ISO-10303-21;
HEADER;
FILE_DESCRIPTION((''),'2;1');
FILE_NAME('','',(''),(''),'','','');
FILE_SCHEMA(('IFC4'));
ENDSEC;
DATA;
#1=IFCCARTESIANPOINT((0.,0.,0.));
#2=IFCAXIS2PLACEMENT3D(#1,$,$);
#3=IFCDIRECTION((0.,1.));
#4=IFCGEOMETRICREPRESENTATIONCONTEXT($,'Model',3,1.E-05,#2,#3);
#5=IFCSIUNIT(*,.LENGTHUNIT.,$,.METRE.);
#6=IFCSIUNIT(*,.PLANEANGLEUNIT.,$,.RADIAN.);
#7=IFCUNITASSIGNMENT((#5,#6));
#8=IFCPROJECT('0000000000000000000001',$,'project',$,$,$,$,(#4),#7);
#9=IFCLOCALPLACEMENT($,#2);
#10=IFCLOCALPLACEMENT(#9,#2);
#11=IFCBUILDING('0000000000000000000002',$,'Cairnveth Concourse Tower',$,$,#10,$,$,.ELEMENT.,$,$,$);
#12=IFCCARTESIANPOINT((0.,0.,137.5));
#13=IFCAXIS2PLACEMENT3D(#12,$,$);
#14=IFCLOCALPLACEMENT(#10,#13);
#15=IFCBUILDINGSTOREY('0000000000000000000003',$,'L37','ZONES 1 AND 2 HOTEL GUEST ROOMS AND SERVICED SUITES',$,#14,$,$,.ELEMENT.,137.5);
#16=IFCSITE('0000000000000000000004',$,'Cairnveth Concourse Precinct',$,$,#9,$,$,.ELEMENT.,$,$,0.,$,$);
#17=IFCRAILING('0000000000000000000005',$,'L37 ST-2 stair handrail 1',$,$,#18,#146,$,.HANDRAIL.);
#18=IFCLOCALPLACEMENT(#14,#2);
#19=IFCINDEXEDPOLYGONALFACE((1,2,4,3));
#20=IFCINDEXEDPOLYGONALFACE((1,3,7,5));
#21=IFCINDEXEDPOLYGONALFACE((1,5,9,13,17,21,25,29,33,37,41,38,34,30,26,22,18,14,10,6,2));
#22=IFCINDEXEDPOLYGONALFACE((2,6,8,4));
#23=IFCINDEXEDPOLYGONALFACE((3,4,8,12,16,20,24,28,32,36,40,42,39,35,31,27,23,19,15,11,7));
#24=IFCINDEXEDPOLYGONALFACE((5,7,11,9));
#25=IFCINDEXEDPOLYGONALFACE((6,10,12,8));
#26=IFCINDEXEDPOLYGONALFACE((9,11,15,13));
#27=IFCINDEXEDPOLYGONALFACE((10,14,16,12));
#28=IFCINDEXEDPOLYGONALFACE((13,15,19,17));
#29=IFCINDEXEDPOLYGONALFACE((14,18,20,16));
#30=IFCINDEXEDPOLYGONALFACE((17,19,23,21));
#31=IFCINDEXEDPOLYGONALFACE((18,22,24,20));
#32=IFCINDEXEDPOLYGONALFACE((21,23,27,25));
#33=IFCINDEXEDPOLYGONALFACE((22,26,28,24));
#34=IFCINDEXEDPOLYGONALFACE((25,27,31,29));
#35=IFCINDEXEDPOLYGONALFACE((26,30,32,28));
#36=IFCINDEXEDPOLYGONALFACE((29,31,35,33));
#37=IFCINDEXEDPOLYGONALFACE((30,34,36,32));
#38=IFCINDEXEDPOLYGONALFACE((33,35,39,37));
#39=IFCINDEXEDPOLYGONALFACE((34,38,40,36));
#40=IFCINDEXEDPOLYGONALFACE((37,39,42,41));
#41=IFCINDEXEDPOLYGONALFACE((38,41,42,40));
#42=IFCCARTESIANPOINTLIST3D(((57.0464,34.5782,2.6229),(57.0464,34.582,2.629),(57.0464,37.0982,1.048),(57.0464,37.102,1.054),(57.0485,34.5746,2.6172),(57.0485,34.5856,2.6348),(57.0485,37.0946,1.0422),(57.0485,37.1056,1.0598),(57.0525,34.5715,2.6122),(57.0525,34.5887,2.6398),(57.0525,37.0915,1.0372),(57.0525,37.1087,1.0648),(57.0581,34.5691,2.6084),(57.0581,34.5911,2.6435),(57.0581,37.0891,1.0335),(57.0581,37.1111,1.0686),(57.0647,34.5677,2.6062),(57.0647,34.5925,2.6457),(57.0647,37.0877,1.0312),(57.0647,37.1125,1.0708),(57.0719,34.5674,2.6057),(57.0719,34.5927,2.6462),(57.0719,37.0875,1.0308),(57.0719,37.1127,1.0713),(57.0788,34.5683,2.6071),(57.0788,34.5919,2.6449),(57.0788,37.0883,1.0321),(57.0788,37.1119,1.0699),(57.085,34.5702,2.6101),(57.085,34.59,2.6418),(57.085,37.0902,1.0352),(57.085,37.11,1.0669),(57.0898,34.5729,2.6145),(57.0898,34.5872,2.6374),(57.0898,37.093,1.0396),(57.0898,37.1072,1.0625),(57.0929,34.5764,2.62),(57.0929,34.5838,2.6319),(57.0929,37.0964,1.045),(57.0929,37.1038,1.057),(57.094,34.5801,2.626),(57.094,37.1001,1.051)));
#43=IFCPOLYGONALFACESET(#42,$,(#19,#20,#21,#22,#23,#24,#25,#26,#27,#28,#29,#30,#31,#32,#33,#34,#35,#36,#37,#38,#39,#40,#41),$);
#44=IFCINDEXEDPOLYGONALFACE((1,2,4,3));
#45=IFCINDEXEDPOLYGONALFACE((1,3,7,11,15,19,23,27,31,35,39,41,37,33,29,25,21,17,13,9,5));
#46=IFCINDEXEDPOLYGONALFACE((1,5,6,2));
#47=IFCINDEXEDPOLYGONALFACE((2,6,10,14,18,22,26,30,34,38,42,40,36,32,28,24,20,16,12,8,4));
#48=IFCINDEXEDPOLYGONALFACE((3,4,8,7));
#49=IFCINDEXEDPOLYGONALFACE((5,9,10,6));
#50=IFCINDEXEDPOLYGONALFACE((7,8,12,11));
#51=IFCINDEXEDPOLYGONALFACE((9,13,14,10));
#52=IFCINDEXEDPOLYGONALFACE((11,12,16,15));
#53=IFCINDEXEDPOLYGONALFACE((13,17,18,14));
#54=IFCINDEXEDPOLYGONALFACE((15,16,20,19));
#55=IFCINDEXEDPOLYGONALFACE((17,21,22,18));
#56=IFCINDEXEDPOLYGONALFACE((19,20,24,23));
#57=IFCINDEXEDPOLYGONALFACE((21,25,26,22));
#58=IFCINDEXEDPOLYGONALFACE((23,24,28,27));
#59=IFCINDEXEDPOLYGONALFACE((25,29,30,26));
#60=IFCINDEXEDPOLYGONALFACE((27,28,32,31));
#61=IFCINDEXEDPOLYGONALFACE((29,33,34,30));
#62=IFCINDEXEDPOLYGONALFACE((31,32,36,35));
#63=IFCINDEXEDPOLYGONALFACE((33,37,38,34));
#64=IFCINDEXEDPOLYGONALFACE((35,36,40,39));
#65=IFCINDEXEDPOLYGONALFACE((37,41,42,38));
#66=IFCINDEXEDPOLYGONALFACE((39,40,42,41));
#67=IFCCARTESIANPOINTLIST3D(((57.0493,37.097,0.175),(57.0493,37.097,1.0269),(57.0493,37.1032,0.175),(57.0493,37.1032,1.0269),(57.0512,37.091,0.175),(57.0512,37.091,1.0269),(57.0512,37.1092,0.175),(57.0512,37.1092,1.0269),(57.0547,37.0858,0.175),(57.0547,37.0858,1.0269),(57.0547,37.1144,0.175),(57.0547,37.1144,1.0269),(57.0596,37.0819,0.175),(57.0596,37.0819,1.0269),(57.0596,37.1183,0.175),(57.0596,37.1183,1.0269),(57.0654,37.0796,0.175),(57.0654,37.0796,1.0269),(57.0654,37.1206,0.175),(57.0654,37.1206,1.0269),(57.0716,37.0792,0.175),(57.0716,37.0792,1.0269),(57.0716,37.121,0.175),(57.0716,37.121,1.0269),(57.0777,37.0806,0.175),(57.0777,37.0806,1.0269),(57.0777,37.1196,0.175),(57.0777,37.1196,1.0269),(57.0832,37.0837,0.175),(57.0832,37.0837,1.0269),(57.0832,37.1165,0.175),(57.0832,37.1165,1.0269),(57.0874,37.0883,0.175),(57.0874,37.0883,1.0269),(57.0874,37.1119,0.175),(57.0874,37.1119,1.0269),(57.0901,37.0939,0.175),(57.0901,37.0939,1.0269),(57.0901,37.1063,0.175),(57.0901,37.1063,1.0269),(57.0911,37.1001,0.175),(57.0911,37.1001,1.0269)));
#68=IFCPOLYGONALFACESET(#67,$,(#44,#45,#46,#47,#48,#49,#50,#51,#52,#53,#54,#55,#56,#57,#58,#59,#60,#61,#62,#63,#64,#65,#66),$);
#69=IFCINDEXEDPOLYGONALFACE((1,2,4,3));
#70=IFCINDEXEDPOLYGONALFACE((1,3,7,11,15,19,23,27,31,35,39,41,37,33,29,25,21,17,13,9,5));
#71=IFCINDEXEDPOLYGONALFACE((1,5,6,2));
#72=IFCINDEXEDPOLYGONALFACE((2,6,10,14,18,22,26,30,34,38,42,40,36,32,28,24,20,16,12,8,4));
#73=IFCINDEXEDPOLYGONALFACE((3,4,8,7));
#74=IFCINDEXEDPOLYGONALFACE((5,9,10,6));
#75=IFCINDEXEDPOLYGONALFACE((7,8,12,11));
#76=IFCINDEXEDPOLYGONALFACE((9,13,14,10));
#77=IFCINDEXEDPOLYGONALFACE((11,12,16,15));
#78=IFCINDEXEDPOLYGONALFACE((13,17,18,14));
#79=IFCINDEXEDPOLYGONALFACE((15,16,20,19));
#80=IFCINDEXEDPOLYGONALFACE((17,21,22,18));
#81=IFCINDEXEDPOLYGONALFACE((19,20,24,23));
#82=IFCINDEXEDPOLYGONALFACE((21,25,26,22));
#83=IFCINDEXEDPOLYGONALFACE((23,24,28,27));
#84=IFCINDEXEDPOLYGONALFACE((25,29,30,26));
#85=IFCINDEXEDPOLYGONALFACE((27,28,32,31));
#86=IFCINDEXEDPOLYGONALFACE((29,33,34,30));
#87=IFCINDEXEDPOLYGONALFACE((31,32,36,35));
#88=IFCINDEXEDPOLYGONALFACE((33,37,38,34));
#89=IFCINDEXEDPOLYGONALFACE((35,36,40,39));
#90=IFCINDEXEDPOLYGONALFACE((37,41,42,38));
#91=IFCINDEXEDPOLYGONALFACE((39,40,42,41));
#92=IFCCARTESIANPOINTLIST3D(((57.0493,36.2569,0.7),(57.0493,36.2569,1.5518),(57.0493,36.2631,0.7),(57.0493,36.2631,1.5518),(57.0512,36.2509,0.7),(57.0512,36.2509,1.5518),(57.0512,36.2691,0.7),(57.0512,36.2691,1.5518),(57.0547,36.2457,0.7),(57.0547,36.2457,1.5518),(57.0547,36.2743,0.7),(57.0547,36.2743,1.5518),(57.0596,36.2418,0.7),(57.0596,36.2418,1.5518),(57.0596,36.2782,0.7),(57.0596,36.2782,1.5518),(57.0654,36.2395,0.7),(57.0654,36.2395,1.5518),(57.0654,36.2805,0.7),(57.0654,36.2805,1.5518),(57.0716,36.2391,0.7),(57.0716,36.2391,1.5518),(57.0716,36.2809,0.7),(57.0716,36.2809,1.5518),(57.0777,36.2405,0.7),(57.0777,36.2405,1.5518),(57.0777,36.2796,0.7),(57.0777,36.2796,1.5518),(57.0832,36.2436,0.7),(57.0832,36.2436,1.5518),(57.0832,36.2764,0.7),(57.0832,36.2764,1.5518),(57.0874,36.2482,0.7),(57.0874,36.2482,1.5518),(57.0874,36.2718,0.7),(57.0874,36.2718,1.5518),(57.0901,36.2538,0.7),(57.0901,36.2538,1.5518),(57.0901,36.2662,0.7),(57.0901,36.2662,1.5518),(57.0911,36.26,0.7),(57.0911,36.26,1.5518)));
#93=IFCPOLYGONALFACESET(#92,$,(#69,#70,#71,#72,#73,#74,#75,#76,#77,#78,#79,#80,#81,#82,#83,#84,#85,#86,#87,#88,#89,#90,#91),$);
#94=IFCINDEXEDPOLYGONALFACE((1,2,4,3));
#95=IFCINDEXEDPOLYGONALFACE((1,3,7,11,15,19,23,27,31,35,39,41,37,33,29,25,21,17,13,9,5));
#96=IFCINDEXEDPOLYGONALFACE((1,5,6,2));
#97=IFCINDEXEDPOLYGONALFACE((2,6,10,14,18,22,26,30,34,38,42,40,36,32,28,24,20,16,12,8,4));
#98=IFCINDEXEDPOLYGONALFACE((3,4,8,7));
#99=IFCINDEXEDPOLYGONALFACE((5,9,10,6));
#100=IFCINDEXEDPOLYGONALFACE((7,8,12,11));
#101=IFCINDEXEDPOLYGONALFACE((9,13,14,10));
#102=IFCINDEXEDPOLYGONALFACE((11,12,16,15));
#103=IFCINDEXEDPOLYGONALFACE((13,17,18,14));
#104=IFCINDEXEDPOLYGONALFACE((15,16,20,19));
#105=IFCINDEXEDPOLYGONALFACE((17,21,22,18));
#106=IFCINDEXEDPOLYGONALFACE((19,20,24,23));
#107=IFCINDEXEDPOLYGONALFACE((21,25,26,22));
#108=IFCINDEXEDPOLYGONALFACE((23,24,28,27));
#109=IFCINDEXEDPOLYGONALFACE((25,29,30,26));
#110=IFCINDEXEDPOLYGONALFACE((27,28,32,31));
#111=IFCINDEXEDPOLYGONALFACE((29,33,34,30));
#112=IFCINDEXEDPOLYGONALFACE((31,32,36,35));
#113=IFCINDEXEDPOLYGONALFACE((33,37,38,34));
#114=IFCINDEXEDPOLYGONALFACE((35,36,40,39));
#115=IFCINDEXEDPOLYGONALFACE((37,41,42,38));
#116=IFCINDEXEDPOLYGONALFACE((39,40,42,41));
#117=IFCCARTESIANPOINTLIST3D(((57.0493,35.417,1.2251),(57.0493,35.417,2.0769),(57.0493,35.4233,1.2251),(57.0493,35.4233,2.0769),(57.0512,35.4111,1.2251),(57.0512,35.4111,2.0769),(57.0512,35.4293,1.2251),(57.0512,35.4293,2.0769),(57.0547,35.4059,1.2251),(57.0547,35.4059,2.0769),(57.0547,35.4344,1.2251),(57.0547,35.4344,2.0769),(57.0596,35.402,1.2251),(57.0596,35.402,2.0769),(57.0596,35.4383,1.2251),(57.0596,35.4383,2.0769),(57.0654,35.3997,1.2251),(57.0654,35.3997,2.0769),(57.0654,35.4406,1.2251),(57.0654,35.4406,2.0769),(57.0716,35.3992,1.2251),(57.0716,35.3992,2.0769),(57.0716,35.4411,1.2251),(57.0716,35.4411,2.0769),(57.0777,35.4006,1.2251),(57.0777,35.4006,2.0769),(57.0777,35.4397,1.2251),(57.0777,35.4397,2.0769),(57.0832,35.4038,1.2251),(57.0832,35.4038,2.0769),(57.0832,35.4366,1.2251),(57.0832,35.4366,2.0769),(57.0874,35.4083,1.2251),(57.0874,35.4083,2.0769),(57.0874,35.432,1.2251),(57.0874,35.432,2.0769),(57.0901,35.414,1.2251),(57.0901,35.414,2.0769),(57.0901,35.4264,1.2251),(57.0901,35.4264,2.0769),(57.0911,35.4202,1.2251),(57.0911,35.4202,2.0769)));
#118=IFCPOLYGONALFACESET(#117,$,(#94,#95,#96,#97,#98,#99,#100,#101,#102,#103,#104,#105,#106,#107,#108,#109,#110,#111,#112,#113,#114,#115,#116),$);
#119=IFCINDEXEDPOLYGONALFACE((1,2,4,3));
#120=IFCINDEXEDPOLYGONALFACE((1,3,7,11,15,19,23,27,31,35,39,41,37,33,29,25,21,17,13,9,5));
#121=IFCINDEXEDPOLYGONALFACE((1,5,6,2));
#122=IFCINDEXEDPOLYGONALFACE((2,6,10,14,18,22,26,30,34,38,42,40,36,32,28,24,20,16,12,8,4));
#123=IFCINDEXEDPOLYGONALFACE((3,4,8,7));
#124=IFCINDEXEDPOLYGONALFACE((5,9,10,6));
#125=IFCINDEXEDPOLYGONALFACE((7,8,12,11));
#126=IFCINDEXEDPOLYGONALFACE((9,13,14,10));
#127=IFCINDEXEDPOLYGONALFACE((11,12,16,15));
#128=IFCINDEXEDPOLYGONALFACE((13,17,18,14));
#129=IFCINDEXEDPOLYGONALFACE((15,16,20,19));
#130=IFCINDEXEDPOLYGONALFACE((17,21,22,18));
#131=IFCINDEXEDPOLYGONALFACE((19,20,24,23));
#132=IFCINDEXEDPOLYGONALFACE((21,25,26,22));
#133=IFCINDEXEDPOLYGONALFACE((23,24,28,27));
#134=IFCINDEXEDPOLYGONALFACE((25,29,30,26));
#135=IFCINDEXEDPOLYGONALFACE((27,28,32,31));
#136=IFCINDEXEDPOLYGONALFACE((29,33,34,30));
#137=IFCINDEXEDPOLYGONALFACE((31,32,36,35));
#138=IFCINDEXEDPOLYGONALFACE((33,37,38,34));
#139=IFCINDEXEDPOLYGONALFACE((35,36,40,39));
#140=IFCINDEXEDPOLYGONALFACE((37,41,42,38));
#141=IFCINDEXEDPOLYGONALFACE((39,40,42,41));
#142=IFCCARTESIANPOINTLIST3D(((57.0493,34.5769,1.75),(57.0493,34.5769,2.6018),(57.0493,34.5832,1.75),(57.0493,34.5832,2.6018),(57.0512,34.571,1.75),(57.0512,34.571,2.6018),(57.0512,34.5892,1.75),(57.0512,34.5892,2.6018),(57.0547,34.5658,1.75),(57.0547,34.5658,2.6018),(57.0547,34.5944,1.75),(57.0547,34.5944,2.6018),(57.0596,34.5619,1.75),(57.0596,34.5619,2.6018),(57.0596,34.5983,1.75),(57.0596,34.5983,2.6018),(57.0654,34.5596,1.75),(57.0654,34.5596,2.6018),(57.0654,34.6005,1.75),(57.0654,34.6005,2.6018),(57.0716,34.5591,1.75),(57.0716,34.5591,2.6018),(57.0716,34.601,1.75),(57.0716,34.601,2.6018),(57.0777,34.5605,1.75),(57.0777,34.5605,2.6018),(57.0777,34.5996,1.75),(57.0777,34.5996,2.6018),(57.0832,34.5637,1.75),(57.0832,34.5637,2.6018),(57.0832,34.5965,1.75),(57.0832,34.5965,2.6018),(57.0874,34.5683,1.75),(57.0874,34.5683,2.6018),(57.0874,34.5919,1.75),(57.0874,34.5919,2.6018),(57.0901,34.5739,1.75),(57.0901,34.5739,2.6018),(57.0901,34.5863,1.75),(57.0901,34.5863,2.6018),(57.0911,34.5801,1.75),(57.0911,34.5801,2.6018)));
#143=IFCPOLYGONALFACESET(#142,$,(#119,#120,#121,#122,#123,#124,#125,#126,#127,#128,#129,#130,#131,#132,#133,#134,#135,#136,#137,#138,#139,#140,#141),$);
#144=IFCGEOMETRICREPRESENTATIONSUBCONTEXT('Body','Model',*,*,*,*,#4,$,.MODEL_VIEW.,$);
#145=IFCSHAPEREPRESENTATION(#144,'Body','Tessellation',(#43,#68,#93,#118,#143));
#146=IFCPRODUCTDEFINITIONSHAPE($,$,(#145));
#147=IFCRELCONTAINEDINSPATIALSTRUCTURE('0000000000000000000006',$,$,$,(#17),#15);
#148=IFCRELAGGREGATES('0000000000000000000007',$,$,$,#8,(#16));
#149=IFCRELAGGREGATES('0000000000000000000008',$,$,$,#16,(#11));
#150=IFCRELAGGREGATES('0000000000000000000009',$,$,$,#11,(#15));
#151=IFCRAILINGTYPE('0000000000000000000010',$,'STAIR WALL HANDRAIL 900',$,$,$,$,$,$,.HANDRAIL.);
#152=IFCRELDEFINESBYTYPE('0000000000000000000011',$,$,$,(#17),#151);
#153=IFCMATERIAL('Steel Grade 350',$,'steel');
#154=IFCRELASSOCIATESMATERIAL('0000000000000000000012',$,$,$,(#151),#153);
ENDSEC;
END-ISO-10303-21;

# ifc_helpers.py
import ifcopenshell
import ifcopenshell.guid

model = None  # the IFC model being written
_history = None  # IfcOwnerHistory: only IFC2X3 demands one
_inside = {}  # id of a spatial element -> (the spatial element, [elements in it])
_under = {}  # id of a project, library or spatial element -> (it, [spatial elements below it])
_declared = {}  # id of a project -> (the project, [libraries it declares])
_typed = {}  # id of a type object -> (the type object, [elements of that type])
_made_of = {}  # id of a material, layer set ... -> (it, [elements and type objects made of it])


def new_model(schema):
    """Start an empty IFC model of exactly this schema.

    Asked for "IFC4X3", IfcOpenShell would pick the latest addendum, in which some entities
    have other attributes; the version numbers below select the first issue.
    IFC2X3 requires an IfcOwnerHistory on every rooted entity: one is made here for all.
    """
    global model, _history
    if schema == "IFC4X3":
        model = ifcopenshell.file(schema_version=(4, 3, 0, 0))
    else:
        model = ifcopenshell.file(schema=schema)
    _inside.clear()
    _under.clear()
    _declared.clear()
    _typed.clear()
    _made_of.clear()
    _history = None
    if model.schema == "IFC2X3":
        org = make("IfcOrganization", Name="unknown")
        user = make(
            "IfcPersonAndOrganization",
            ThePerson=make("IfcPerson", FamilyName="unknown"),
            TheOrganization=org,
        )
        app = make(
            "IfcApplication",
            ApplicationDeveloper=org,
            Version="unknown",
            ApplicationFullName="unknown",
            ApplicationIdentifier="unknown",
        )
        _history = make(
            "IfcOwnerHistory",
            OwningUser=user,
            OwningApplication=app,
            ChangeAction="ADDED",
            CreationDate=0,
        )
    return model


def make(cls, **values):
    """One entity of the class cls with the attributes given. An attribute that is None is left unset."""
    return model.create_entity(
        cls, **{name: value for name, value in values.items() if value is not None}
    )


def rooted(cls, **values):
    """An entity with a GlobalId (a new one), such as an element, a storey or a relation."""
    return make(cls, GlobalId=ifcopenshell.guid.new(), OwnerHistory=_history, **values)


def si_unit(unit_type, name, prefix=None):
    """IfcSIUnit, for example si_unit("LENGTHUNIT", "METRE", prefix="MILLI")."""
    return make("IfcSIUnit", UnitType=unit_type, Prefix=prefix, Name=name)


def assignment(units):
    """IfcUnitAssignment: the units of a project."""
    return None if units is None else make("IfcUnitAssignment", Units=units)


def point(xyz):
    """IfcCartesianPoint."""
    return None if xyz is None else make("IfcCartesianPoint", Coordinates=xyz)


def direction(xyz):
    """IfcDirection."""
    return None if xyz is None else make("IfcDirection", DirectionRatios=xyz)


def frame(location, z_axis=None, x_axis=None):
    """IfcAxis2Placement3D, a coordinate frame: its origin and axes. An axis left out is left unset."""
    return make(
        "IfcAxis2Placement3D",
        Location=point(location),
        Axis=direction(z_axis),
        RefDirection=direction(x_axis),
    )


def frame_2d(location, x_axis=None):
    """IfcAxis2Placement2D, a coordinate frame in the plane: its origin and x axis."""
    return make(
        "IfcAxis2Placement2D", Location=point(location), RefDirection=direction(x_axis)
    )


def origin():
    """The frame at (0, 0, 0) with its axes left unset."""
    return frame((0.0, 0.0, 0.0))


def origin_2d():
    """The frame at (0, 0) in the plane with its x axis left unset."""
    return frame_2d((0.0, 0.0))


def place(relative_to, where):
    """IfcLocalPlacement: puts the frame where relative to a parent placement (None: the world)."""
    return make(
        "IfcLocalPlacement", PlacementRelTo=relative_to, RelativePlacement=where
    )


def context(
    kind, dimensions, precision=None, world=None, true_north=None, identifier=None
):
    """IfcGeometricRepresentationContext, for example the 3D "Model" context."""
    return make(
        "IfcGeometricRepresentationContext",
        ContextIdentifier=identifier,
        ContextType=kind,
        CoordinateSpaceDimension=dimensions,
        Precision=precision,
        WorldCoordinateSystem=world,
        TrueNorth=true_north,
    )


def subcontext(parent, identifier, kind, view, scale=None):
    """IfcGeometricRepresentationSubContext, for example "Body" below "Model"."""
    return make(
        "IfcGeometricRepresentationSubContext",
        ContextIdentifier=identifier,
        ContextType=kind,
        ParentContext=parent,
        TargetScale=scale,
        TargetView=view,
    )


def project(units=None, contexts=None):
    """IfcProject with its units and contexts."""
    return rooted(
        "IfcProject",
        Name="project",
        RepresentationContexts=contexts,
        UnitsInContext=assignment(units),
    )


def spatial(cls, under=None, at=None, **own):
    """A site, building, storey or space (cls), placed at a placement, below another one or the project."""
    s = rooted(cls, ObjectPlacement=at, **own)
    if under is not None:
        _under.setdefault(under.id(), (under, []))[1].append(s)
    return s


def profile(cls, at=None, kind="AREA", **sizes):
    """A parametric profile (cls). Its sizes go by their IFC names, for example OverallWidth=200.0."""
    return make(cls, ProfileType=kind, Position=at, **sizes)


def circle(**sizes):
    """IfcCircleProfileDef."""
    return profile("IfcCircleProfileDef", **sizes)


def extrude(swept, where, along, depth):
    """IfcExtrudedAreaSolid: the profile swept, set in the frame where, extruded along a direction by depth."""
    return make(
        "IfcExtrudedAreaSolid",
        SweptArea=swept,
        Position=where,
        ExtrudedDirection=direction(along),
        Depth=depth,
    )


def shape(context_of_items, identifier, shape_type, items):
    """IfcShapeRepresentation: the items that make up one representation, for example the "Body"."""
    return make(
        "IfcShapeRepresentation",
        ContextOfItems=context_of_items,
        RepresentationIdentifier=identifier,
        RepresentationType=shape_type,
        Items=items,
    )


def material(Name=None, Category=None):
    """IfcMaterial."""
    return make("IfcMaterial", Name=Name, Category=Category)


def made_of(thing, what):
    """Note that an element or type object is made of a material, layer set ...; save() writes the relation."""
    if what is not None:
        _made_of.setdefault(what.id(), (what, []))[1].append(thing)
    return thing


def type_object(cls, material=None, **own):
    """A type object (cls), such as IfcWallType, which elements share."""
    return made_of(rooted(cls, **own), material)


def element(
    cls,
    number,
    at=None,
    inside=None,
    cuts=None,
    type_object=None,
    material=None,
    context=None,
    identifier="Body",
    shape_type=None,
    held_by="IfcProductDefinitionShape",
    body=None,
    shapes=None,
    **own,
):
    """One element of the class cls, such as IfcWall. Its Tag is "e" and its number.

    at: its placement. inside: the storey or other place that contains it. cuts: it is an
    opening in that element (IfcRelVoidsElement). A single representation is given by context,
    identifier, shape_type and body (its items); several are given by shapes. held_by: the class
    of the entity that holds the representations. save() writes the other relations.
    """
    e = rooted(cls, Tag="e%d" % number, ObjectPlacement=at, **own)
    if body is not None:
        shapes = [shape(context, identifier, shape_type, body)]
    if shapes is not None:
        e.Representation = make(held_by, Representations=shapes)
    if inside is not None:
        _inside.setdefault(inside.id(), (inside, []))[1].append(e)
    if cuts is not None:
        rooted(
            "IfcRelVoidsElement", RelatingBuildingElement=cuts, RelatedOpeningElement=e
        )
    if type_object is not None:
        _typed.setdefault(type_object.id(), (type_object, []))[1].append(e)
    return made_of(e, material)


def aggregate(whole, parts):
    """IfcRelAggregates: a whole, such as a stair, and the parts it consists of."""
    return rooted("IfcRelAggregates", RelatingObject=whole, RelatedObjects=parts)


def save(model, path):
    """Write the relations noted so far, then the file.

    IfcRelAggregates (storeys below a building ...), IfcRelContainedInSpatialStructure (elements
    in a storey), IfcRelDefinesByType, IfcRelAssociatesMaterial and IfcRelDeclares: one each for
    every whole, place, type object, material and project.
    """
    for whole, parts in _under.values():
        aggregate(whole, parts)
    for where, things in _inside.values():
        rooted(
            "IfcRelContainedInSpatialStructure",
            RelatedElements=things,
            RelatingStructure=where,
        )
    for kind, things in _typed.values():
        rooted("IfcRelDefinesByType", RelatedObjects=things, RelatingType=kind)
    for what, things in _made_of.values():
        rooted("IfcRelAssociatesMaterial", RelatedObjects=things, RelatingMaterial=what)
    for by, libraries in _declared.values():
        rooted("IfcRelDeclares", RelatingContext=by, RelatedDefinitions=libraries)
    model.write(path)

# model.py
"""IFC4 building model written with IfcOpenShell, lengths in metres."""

from ifc_helpers import new_model, si_unit, direction, frame, origin, origin_2d, place, context, subcontext, project, spatial, circle, extrude, material, type_object, element, save


model = new_model("IFC4")

# Units and contexts
model_context = context("Model", 3, precision=1e-05, world=origin(), true_north=direction((0.0, 1.0)))
body_context = subcontext(model_context, "Body", "Model", "MODEL_VIEW")
ifc_project = project(units=[si_unit("LENGTHUNIT", "METRE"), si_unit("PLANEANGLEUNIT", "RADIAN")], contexts=[model_context])

# Site, building, storey
site_placement = place(None, origin())
site = spatial("IfcSite", under=ifc_project, at=site_placement, Name="Cairnveth Concourse Precinct", CompositionType="ELEMENT", RefElevation=0.0)
building_placement = place(site_placement, origin())
building = spatial("IfcBuilding", under=site, at=building_placement, Name="Cairnveth Concourse Tower", CompositionType="ELEMENT")
storey_placement = place(building_placement, frame((0.0, 0.0, 137.5)))
storey = spatial("IfcBuildingStorey", under=building, at=storey_placement, Name="L37", Description="ZONES 1 AND 2 HOTEL GUEST ROOMS AND SERVICED SUITES", CompositionType="ELEMENT", Elevation=137.5)

# Shared definitions
ifc_material_1 = material(Name="Steel Grade 350", Category="steel")

# Railing
railing_type_1 = type_object("IfcRailingType", Name="STAIR WALL HANDRAIL 900", PredefinedType="HANDRAIL", material=ifc_material_1)
railing_1_placement = place(storey_placement, frame((57.0701, 37.1001, 0.175)))
element("IfcRailing", 1, at=railing_1_placement, inside=storey, type_object=railing_type_1, Name="L37 ST-2 stair handrail 1", PredefinedType="HANDRAIL", context=body_context, shape_type="SweptSolid", body=[
    extrude(circle(Radius=0.0239, at=origin_2d()), frame((0.0, 0.0, 0.876), z_axis=(0.0, -0.848008, 0.529984), x_axis=(1.0, 0.0, 0.0)), (0.0, 0.0, 1.0), 2.9717),
    extrude(circle(Radius=0.021, at=origin_2d()), origin(), (0.0, 0.0, 1.0), 0.8518),
    extrude(circle(Radius=0.021, at=origin_2d()), frame((0.0, -0.8401, 0.5249)), (0.0, 0.0, 1.0), 0.8518),
    extrude(circle(Radius=0.021, at=origin_2d()), frame((0.0, -1.6799, 1.05)), (0.0, 0.0, 1.0), 0.8518),
    extrude(circle(Radius=0.021, at=origin_2d()), frame((0.0, -2.52, 1.575)), (0.0, 0.0, 1.0), 0.8518),
])

save(model, "model.ifc")
